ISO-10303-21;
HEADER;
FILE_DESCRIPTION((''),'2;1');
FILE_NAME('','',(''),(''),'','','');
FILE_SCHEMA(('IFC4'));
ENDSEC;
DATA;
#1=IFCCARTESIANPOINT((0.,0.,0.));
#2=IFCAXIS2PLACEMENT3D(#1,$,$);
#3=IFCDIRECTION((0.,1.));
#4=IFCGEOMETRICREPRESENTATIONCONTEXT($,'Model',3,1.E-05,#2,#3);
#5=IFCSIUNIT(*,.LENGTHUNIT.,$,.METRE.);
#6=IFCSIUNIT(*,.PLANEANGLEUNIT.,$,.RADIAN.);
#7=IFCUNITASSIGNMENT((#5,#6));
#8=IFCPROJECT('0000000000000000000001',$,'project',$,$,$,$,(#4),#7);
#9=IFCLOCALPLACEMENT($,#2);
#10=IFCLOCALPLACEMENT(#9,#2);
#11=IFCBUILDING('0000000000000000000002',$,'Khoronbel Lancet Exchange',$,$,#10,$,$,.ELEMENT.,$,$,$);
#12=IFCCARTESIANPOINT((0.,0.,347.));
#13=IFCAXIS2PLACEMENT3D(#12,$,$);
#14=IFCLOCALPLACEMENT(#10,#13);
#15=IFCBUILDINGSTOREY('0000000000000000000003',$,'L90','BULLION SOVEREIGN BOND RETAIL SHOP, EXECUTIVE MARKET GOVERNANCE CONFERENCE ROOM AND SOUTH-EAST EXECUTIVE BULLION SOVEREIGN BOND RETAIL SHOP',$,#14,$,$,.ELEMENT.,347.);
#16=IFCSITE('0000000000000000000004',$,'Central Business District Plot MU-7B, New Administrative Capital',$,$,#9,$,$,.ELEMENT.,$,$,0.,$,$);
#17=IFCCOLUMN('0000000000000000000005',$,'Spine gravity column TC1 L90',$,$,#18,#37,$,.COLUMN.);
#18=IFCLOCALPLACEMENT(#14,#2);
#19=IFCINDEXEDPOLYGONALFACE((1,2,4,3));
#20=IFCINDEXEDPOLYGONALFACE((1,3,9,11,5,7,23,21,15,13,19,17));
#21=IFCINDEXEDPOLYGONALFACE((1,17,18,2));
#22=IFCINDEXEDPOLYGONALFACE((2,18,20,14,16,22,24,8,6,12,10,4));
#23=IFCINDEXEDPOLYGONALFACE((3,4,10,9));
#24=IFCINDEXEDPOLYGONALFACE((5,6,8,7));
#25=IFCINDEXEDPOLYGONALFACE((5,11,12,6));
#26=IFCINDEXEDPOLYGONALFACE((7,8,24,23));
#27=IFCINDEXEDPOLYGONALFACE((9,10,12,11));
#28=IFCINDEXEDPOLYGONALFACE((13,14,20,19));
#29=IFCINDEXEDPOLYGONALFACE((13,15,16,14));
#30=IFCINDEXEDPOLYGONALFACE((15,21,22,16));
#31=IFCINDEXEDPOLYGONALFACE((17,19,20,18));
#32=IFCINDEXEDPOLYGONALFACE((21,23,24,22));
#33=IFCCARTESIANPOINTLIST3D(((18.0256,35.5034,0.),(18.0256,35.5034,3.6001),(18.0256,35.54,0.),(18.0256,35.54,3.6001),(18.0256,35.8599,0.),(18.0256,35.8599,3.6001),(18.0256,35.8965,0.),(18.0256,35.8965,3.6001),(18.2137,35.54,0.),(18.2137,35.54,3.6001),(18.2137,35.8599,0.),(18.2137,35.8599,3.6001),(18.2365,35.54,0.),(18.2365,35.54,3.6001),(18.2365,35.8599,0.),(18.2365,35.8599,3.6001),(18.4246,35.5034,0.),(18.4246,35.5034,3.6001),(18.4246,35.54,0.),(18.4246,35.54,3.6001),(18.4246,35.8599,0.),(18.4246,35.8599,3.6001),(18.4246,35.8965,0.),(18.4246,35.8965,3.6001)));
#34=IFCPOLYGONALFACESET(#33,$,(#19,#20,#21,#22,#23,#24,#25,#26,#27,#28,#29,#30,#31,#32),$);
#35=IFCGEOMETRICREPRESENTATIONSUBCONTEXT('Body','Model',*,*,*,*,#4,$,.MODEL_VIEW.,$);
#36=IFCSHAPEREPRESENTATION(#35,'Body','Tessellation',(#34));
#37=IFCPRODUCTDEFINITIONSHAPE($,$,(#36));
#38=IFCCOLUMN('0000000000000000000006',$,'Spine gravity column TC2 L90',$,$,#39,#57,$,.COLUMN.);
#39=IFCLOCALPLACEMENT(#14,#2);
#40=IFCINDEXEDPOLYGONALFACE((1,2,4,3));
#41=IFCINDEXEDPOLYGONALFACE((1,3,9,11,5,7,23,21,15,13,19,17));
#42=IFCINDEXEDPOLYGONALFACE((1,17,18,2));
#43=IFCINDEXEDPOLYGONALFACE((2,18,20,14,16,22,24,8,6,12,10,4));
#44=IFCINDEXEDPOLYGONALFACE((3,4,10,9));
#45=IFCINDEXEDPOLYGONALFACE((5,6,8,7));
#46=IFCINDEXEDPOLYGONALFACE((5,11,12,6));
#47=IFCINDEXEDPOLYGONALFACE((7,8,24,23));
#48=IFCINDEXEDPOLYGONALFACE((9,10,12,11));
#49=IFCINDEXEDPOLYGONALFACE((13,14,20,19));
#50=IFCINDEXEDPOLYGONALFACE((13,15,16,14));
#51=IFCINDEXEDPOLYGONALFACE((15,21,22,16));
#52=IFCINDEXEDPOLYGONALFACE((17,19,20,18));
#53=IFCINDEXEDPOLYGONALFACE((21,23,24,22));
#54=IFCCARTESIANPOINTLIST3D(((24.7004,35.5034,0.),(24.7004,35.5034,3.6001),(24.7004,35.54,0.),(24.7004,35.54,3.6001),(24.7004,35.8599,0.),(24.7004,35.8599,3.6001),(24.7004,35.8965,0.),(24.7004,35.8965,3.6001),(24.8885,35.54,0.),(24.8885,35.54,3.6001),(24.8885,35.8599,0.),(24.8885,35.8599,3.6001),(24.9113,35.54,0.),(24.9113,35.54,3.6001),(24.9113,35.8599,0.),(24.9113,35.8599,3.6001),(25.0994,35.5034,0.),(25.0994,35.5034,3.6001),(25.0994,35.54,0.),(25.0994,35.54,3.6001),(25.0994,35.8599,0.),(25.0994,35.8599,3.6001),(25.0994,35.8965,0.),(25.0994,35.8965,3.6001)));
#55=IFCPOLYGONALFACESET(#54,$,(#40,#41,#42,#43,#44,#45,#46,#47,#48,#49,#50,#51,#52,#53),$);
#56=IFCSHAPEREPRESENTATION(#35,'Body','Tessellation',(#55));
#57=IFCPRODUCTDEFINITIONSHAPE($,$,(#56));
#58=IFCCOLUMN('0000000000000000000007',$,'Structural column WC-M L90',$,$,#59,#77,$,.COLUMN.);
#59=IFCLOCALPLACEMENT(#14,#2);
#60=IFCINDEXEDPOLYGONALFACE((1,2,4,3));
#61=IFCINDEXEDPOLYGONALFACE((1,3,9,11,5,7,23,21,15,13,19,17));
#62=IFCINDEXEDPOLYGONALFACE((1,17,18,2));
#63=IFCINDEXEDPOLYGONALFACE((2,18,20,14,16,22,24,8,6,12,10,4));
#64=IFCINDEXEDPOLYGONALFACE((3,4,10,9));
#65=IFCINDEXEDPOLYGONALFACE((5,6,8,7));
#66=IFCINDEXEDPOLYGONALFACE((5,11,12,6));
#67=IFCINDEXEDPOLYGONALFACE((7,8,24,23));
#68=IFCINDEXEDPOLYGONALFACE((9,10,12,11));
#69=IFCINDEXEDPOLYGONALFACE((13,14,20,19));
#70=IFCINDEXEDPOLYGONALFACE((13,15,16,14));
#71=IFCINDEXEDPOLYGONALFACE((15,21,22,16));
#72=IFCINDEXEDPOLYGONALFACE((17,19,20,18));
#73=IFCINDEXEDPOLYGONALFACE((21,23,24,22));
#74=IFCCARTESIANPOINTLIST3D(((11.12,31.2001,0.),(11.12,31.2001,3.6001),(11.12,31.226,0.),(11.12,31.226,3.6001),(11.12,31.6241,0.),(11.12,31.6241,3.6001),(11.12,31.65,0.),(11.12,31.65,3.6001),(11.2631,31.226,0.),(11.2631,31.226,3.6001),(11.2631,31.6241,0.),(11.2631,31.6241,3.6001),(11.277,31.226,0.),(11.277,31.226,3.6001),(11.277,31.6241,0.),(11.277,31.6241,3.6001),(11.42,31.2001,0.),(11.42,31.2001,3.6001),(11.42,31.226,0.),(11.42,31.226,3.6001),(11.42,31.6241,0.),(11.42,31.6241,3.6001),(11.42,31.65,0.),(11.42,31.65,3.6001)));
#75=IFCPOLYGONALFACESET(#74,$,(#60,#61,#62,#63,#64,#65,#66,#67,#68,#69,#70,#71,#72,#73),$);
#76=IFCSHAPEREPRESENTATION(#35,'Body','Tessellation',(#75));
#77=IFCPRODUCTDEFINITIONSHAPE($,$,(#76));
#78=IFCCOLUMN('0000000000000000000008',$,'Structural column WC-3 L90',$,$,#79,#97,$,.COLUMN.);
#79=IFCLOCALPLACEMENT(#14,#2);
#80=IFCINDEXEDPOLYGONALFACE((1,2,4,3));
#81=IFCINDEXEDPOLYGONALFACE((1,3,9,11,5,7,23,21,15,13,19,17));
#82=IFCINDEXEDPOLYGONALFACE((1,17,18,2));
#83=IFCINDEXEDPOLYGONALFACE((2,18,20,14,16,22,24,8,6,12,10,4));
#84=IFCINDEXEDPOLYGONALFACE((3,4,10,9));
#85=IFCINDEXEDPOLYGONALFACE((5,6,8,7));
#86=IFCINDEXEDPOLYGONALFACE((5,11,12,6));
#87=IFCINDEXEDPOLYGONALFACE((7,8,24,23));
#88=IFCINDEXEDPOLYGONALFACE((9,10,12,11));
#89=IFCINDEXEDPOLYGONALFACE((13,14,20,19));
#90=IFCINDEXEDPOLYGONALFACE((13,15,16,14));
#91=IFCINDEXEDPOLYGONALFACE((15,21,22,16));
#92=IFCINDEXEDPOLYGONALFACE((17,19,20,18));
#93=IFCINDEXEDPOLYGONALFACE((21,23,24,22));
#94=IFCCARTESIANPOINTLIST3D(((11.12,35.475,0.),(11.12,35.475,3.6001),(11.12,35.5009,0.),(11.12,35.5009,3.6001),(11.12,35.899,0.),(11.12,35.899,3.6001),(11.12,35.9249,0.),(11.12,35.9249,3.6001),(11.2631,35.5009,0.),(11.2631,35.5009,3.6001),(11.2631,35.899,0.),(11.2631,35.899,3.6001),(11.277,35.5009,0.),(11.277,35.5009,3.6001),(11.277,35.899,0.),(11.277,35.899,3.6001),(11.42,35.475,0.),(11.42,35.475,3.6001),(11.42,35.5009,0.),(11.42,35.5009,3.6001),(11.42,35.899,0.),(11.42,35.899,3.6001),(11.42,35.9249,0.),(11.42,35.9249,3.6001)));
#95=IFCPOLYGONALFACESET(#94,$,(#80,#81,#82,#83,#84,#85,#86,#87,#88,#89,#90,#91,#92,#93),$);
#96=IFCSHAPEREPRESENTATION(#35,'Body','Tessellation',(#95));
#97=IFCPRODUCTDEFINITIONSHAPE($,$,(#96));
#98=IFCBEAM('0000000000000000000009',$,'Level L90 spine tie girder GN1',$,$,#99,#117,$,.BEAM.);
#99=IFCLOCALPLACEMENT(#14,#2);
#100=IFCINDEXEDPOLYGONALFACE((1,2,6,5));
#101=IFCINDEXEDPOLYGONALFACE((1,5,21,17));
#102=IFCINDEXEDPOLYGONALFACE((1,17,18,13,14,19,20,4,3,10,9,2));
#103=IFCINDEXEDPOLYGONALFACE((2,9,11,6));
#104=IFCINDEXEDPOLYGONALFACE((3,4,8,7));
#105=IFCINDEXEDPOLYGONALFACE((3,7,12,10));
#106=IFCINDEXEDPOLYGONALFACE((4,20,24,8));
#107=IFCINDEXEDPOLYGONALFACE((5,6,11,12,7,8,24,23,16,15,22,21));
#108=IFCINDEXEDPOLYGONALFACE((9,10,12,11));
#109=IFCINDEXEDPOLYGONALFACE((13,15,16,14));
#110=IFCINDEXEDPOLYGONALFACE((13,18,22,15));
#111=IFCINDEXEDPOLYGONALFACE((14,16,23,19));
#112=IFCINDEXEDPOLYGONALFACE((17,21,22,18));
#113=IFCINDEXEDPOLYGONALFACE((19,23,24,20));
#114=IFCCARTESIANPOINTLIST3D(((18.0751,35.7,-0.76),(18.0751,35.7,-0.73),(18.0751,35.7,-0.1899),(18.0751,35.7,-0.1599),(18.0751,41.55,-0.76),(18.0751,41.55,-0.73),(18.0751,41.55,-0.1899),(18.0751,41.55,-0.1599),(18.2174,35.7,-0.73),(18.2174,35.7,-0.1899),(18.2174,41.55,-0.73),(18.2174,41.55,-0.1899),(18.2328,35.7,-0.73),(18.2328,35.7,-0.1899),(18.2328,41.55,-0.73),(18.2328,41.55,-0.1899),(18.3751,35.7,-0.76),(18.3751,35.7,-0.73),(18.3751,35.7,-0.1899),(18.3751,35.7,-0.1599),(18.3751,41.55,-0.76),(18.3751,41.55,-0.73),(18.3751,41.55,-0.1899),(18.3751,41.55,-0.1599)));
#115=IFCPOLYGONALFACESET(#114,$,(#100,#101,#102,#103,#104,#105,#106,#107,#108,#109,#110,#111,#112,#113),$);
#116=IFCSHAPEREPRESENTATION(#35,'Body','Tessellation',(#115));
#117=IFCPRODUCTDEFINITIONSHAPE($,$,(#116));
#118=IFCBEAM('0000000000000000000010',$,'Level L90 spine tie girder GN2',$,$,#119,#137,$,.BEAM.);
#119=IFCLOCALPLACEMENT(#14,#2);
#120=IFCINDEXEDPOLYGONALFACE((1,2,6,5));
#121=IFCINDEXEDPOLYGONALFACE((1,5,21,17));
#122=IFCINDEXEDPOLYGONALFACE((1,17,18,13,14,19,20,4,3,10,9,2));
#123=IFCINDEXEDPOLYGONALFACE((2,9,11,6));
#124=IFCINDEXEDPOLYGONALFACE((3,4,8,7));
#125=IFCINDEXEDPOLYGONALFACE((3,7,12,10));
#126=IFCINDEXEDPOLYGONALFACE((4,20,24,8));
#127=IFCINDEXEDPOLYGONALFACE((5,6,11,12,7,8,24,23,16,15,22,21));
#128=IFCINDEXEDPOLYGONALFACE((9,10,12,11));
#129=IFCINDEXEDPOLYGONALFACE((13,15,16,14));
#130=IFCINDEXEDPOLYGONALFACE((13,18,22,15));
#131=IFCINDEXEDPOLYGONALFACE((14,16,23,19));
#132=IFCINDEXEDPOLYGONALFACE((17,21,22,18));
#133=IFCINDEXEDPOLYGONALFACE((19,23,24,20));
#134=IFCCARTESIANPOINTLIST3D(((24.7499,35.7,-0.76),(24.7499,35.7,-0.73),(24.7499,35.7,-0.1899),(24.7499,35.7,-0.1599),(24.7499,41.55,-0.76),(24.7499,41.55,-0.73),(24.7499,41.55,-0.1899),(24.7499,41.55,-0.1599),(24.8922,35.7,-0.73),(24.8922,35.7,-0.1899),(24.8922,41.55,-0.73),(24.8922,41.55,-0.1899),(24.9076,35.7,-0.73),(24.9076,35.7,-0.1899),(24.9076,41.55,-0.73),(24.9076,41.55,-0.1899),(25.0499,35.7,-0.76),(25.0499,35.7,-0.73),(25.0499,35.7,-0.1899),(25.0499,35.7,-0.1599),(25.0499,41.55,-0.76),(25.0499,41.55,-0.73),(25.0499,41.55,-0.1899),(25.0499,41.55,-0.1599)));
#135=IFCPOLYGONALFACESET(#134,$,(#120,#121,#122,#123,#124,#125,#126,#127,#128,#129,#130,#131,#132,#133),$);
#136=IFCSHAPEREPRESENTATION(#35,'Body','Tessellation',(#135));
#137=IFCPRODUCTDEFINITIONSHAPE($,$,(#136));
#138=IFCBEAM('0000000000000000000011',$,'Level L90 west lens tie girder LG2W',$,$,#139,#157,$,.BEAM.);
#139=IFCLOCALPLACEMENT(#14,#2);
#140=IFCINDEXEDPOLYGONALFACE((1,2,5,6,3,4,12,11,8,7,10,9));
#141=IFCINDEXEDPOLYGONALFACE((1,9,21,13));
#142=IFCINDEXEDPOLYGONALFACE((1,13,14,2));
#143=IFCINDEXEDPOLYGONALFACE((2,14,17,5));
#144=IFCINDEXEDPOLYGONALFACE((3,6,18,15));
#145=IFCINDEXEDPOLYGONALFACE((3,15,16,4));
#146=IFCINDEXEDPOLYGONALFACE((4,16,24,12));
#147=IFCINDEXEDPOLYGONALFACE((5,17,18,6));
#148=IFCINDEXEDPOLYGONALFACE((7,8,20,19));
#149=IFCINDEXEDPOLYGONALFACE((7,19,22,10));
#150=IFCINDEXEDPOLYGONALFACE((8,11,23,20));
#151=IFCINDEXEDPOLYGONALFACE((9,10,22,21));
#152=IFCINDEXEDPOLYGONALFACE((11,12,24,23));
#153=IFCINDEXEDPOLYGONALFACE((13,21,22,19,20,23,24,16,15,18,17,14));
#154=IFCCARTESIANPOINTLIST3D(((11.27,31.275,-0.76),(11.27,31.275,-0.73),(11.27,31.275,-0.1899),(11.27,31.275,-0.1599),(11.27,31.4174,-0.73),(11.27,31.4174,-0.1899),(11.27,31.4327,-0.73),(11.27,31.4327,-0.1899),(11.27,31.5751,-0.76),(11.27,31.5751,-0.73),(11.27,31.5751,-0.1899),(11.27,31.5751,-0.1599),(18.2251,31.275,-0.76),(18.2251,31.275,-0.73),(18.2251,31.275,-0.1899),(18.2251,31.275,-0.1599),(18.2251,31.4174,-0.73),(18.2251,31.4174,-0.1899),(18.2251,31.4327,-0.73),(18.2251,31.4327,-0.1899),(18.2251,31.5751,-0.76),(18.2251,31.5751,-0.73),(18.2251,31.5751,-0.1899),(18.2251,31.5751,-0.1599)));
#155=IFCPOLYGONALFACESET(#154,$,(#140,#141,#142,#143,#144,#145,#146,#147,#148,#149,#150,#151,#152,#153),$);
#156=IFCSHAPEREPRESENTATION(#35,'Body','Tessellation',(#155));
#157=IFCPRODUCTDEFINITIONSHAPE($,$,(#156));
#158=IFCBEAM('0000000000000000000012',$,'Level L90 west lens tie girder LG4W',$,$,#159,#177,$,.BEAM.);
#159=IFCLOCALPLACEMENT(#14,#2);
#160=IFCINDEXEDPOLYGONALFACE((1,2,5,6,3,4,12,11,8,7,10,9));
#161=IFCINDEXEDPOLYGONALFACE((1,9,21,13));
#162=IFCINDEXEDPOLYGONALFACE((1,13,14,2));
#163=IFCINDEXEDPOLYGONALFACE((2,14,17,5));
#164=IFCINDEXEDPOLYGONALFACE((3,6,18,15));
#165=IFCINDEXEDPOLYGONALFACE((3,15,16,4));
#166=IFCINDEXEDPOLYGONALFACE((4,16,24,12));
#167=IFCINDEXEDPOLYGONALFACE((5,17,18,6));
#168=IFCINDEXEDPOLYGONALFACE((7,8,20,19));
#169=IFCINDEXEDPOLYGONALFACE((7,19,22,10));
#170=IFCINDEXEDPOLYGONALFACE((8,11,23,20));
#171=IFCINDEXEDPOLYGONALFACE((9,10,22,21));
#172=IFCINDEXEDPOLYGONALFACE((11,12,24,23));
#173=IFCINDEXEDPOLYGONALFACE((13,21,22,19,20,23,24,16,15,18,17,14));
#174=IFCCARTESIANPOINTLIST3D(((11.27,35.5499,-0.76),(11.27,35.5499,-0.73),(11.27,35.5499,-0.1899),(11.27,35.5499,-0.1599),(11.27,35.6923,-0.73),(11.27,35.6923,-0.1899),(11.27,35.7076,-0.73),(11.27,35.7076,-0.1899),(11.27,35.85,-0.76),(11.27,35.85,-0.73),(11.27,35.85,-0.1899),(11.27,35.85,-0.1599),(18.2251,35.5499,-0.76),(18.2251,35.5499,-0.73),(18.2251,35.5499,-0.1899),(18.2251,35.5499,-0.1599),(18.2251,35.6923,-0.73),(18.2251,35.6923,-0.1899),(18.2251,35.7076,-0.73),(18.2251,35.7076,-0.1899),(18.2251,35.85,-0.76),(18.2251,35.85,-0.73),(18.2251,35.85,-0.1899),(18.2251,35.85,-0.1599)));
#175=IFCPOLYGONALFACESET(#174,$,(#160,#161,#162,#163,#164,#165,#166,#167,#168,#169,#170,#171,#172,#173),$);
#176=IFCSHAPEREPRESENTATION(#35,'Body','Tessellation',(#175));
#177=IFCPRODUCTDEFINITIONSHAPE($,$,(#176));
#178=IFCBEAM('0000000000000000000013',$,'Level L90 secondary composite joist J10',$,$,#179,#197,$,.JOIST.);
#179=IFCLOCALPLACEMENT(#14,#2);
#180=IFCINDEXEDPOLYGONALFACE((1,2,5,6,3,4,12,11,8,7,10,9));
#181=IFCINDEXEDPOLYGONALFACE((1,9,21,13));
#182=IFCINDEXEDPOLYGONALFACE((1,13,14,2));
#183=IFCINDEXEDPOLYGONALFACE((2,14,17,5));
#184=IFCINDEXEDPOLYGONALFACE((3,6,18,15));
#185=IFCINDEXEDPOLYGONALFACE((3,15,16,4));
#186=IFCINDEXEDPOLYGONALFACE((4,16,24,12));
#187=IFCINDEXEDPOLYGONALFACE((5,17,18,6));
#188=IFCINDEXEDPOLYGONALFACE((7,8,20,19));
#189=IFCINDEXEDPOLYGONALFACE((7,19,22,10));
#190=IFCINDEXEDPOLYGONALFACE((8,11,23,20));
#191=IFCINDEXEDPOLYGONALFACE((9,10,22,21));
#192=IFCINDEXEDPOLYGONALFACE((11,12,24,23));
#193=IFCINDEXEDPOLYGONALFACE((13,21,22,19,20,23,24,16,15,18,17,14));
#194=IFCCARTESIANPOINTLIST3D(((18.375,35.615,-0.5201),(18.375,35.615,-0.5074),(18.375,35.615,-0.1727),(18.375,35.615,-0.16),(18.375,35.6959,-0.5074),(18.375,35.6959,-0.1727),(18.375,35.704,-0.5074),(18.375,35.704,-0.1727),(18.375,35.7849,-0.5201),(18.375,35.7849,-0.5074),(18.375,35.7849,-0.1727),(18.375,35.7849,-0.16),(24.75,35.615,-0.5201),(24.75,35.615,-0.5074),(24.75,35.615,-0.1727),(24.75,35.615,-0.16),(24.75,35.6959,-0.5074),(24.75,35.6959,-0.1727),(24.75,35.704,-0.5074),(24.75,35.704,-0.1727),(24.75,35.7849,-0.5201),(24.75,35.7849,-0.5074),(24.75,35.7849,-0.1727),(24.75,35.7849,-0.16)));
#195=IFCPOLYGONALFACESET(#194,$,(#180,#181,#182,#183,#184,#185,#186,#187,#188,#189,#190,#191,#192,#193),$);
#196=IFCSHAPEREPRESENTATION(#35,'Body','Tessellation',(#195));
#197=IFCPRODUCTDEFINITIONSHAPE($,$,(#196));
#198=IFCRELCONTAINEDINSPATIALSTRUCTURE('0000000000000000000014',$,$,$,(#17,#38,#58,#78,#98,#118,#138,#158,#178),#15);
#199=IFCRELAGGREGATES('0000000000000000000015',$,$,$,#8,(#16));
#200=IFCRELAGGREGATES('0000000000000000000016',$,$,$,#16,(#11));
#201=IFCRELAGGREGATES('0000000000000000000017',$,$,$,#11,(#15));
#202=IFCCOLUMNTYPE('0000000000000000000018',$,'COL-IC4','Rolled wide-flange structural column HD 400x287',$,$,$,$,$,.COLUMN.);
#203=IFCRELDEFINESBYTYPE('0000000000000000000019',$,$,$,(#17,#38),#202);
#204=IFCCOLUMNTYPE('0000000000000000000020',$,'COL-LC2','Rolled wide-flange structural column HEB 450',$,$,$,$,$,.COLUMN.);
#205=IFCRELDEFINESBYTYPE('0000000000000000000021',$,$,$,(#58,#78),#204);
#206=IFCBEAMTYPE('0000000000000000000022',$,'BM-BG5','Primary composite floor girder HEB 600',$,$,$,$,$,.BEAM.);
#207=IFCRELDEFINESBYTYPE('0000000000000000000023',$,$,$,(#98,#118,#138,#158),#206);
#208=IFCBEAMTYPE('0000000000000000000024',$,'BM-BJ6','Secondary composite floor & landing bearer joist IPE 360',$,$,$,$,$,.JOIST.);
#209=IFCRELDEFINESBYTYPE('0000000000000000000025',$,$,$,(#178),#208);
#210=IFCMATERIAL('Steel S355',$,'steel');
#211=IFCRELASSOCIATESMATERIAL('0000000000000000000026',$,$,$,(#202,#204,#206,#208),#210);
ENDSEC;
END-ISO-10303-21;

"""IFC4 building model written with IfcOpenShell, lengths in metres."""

from ifc_helpers import new_model, si_unit, direction, frame, origin, origin_2d, place, context, subcontext, project, spatial, i_section, extrude, material, material_profile, profile_set, type_object, element, save


model = new_model("IFC4")

# Units and contexts
model_context = context("Model", 3, precision=1e-05, world=origin(), true_north=direction((0.0, 1.0)))
body_context = subcontext(model_context, "Body", "Model", "MODEL_VIEW")
ifc_project = project(units=[si_unit("LENGTHUNIT", "METRE"), si_unit("PLANEANGLEUNIT", "RADIAN")], contexts=[model_context])

# Site, building, storey
site_placement = place(None, origin())
site = spatial("IfcSite", under=ifc_project, at=site_placement, Name="Central Business District Plot MU-7B, New Administrative Capital", CompositionType="ELEMENT", RefElevation=0.0)
building_placement = place(site_placement, origin())
building = spatial("IfcBuilding", under=site, at=building_placement, Name="Khoronbel Lancet Exchange", CompositionType="ELEMENT")
storey_placement = place(building_placement, frame((0.0, 0.0, 347.0)))
storey = spatial("IfcBuildingStorey", under=building, at=storey_placement, Name="L90", Description="BULLION SOVEREIGN BOND RETAIL SHOP, EXECUTIVE MARKET GOVERNANCE CONFERENCE ROOM AND SOUTH-EAST EXECUTIVE BULLION SOVEREIGN BOND RETAIL SHOP", CompositionType="ELEMENT", Elevation=347.0)

# Columns
ifc_material_1 = material(Name="Steel S355", Category="steel")
ifc_material_profile_1 = material_profile(ifc_material_1, i_section(OverallWidth=0.3989, OverallDepth=0.3931, WebThickness=0.0227, FlangeThickness=0.0366, at=origin_2d()), Name="HD 400x287")
ifc_profile_set_1 = profile_set([ifc_material_profile_1], Name="Steel S355")
column_type_1 = type_object("IfcColumnType", Name="COL-IC4", Description="Rolled wide-flange structural column HD 400x287", PredefinedType="COLUMN", material=ifc_profile_set_1)
for number, where, z_axis, x_axis, name in (
    (1, (18.2251, 35.7, 0.0), (0.0, 0.0, 1.0), (1.0, 0.0, 0.0), "Spine gravity column TC1 L90"),
    (2, (24.8999, 35.7, 0.0), (0.0, 0.0, 1.0), (1.0, 0.0, 0.0), "Spine gravity column TC2 L90"),
):
    element("IfcColumn", number, at=place(storey_placement, frame(where, z_axis=z_axis, x_axis=x_axis)), inside=storey, type_object=column_type_1, Name=name, PredefinedType="COLUMN", context=body_context, shape_type="SweptSolid", body=[
        extrude(i_section(OverallWidth=0.3989, OverallDepth=0.3931, WebThickness=0.0227, FlangeThickness=0.0366, at=origin_2d()), origin(), (0.0, 0.0, 1.0), 3.6001),
    ])
ifc_material_profile_2 = material_profile(ifc_material_1, i_section(OverallWidth=0.3, OverallDepth=0.45, WebThickness=0.0139, FlangeThickness=0.0259, at=origin_2d()), Name="HEB 450")
ifc_profile_set_2 = profile_set([ifc_material_profile_2], Name="Steel S355")
column_type_2 = type_object("IfcColumnType", Name="COL-LC2", Description="Rolled wide-flange structural column HEB 450", PredefinedType="COLUMN", material=ifc_profile_set_2)
for number, where, z_axis, x_axis, name in (
    (3, (11.27, 31.425, 0.0), (0.0, 0.0, 1.0), (1.0, 0.0, 0.0), "Structural column WC-M L90"),
    (4, (11.27, 35.7, 0.0), (0.0, 0.0, 1.0), (1.0, 0.0, 0.0), "Structural column WC-3 L90"),
):
    element("IfcColumn", number, at=place(storey_placement, frame(where, z_axis=z_axis, x_axis=x_axis)), inside=storey, type_object=column_type_2, Name=name, PredefinedType="COLUMN", context=body_context, shape_type="SweptSolid", body=[
        extrude(i_section(OverallWidth=0.3, OverallDepth=0.45, WebThickness=0.0139, FlangeThickness=0.0259, at=origin_2d()), origin(), (0.0, 0.0, 1.0), 3.6001),
    ])

# Beams
ifc_material_profile_3 = material_profile(ifc_material_1, i_section(OverallWidth=0.3, OverallDepth=0.6001, WebThickness=0.0154, FlangeThickness=0.03, at=origin_2d()), Name="HEB 600")
ifc_profile_set_3 = profile_set([ifc_material_profile_3], Name="Steel S355")
beam_type_1 = type_object("IfcBeamType", Name="BM-BG5", Description="Primary composite floor girder HEB 600", PredefinedType="BEAM", material=ifc_profile_set_3)
for number, where, z_axis, x_axis, name in (
    (5, (18.2251, 35.7, -0.46), (0.0, 1.0, 0.0), (-1.0, 0.0, 0.0), "Level L90 spine tie girder GN1"),
    (6, (24.8999, 35.7, -0.46), (0.0, 1.0, 0.0), (-1.0, 0.0, 0.0), "Level L90 spine tie girder GN2"),
):
    element("IfcBeam", number, at=place(storey_placement, frame(where, z_axis=z_axis, x_axis=x_axis)), inside=storey, type_object=beam_type_1, Name=name, PredefinedType="BEAM", context=body_context, shape_type="SweptSolid", body=[
        extrude(i_section(OverallWidth=0.3, OverallDepth=0.6001, WebThickness=0.0154, FlangeThickness=0.03, at=origin_2d()), origin(), (0.0, 0.0, 1.0), 5.8501),
    ])
for number, where, z_axis, x_axis, name in (
    (7, (11.27, 31.425, -0.46), (1.0, 0.0, 0.0), (0.0, 1.0, 0.0), "Level L90 west lens tie girder LG2W"),
    (8, (11.27, 35.7, -0.46), (1.0, 0.0, 0.0), (0.0, 1.0, 0.0), "Level L90 west lens tie girder LG4W"),
):
    element("IfcBeam", number, at=place(storey_placement, frame(where, z_axis=z_axis, x_axis=x_axis)), inside=storey, type_object=beam_type_1, Name=name, PredefinedType="BEAM", context=body_context, shape_type="SweptSolid", body=[
        extrude(i_section(OverallWidth=0.3, OverallDepth=0.6001, WebThickness=0.0154, FlangeThickness=0.03, at=origin_2d()), origin(), (0.0, 0.0, 1.0), 6.9551),
    ])
ifc_material_profile_4 = material_profile(ifc_material_1, i_section(OverallWidth=0.1699, OverallDepth=0.3601, WebThickness=0.0081, FlangeThickness=0.0127, at=origin_2d()), Name="IPE 360")
ifc_profile_set_4 = profile_set([ifc_material_profile_4], Name="Steel S355")
beam_type_2 = type_object("IfcBeamType", Name="BM-BJ6", Description="Secondary composite floor & landing bearer joist IPE 360", PredefinedType="JOIST", material=ifc_profile_set_4)
beam_1_placement = place(storey_placement, frame((18.375, 35.7, -0.3401), z_axis=(1.0, 0.0, 0.0), x_axis=(0.0, 1.0, 0.0)))
element("IfcBeam", 9, at=beam_1_placement, inside=storey, type_object=beam_type_2, Name="Level L90 secondary composite joist J10", PredefinedType="JOIST", context=body_context, shape_type="SweptSolid", body=[
    extrude(i_section(OverallWidth=0.1699, OverallDepth=0.3601, WebThickness=0.0081, FlangeThickness=0.0127, at=origin_2d()), origin(), (0.0, 0.0, 1.0), 6.375),
])

save(model, "model.ifc")
